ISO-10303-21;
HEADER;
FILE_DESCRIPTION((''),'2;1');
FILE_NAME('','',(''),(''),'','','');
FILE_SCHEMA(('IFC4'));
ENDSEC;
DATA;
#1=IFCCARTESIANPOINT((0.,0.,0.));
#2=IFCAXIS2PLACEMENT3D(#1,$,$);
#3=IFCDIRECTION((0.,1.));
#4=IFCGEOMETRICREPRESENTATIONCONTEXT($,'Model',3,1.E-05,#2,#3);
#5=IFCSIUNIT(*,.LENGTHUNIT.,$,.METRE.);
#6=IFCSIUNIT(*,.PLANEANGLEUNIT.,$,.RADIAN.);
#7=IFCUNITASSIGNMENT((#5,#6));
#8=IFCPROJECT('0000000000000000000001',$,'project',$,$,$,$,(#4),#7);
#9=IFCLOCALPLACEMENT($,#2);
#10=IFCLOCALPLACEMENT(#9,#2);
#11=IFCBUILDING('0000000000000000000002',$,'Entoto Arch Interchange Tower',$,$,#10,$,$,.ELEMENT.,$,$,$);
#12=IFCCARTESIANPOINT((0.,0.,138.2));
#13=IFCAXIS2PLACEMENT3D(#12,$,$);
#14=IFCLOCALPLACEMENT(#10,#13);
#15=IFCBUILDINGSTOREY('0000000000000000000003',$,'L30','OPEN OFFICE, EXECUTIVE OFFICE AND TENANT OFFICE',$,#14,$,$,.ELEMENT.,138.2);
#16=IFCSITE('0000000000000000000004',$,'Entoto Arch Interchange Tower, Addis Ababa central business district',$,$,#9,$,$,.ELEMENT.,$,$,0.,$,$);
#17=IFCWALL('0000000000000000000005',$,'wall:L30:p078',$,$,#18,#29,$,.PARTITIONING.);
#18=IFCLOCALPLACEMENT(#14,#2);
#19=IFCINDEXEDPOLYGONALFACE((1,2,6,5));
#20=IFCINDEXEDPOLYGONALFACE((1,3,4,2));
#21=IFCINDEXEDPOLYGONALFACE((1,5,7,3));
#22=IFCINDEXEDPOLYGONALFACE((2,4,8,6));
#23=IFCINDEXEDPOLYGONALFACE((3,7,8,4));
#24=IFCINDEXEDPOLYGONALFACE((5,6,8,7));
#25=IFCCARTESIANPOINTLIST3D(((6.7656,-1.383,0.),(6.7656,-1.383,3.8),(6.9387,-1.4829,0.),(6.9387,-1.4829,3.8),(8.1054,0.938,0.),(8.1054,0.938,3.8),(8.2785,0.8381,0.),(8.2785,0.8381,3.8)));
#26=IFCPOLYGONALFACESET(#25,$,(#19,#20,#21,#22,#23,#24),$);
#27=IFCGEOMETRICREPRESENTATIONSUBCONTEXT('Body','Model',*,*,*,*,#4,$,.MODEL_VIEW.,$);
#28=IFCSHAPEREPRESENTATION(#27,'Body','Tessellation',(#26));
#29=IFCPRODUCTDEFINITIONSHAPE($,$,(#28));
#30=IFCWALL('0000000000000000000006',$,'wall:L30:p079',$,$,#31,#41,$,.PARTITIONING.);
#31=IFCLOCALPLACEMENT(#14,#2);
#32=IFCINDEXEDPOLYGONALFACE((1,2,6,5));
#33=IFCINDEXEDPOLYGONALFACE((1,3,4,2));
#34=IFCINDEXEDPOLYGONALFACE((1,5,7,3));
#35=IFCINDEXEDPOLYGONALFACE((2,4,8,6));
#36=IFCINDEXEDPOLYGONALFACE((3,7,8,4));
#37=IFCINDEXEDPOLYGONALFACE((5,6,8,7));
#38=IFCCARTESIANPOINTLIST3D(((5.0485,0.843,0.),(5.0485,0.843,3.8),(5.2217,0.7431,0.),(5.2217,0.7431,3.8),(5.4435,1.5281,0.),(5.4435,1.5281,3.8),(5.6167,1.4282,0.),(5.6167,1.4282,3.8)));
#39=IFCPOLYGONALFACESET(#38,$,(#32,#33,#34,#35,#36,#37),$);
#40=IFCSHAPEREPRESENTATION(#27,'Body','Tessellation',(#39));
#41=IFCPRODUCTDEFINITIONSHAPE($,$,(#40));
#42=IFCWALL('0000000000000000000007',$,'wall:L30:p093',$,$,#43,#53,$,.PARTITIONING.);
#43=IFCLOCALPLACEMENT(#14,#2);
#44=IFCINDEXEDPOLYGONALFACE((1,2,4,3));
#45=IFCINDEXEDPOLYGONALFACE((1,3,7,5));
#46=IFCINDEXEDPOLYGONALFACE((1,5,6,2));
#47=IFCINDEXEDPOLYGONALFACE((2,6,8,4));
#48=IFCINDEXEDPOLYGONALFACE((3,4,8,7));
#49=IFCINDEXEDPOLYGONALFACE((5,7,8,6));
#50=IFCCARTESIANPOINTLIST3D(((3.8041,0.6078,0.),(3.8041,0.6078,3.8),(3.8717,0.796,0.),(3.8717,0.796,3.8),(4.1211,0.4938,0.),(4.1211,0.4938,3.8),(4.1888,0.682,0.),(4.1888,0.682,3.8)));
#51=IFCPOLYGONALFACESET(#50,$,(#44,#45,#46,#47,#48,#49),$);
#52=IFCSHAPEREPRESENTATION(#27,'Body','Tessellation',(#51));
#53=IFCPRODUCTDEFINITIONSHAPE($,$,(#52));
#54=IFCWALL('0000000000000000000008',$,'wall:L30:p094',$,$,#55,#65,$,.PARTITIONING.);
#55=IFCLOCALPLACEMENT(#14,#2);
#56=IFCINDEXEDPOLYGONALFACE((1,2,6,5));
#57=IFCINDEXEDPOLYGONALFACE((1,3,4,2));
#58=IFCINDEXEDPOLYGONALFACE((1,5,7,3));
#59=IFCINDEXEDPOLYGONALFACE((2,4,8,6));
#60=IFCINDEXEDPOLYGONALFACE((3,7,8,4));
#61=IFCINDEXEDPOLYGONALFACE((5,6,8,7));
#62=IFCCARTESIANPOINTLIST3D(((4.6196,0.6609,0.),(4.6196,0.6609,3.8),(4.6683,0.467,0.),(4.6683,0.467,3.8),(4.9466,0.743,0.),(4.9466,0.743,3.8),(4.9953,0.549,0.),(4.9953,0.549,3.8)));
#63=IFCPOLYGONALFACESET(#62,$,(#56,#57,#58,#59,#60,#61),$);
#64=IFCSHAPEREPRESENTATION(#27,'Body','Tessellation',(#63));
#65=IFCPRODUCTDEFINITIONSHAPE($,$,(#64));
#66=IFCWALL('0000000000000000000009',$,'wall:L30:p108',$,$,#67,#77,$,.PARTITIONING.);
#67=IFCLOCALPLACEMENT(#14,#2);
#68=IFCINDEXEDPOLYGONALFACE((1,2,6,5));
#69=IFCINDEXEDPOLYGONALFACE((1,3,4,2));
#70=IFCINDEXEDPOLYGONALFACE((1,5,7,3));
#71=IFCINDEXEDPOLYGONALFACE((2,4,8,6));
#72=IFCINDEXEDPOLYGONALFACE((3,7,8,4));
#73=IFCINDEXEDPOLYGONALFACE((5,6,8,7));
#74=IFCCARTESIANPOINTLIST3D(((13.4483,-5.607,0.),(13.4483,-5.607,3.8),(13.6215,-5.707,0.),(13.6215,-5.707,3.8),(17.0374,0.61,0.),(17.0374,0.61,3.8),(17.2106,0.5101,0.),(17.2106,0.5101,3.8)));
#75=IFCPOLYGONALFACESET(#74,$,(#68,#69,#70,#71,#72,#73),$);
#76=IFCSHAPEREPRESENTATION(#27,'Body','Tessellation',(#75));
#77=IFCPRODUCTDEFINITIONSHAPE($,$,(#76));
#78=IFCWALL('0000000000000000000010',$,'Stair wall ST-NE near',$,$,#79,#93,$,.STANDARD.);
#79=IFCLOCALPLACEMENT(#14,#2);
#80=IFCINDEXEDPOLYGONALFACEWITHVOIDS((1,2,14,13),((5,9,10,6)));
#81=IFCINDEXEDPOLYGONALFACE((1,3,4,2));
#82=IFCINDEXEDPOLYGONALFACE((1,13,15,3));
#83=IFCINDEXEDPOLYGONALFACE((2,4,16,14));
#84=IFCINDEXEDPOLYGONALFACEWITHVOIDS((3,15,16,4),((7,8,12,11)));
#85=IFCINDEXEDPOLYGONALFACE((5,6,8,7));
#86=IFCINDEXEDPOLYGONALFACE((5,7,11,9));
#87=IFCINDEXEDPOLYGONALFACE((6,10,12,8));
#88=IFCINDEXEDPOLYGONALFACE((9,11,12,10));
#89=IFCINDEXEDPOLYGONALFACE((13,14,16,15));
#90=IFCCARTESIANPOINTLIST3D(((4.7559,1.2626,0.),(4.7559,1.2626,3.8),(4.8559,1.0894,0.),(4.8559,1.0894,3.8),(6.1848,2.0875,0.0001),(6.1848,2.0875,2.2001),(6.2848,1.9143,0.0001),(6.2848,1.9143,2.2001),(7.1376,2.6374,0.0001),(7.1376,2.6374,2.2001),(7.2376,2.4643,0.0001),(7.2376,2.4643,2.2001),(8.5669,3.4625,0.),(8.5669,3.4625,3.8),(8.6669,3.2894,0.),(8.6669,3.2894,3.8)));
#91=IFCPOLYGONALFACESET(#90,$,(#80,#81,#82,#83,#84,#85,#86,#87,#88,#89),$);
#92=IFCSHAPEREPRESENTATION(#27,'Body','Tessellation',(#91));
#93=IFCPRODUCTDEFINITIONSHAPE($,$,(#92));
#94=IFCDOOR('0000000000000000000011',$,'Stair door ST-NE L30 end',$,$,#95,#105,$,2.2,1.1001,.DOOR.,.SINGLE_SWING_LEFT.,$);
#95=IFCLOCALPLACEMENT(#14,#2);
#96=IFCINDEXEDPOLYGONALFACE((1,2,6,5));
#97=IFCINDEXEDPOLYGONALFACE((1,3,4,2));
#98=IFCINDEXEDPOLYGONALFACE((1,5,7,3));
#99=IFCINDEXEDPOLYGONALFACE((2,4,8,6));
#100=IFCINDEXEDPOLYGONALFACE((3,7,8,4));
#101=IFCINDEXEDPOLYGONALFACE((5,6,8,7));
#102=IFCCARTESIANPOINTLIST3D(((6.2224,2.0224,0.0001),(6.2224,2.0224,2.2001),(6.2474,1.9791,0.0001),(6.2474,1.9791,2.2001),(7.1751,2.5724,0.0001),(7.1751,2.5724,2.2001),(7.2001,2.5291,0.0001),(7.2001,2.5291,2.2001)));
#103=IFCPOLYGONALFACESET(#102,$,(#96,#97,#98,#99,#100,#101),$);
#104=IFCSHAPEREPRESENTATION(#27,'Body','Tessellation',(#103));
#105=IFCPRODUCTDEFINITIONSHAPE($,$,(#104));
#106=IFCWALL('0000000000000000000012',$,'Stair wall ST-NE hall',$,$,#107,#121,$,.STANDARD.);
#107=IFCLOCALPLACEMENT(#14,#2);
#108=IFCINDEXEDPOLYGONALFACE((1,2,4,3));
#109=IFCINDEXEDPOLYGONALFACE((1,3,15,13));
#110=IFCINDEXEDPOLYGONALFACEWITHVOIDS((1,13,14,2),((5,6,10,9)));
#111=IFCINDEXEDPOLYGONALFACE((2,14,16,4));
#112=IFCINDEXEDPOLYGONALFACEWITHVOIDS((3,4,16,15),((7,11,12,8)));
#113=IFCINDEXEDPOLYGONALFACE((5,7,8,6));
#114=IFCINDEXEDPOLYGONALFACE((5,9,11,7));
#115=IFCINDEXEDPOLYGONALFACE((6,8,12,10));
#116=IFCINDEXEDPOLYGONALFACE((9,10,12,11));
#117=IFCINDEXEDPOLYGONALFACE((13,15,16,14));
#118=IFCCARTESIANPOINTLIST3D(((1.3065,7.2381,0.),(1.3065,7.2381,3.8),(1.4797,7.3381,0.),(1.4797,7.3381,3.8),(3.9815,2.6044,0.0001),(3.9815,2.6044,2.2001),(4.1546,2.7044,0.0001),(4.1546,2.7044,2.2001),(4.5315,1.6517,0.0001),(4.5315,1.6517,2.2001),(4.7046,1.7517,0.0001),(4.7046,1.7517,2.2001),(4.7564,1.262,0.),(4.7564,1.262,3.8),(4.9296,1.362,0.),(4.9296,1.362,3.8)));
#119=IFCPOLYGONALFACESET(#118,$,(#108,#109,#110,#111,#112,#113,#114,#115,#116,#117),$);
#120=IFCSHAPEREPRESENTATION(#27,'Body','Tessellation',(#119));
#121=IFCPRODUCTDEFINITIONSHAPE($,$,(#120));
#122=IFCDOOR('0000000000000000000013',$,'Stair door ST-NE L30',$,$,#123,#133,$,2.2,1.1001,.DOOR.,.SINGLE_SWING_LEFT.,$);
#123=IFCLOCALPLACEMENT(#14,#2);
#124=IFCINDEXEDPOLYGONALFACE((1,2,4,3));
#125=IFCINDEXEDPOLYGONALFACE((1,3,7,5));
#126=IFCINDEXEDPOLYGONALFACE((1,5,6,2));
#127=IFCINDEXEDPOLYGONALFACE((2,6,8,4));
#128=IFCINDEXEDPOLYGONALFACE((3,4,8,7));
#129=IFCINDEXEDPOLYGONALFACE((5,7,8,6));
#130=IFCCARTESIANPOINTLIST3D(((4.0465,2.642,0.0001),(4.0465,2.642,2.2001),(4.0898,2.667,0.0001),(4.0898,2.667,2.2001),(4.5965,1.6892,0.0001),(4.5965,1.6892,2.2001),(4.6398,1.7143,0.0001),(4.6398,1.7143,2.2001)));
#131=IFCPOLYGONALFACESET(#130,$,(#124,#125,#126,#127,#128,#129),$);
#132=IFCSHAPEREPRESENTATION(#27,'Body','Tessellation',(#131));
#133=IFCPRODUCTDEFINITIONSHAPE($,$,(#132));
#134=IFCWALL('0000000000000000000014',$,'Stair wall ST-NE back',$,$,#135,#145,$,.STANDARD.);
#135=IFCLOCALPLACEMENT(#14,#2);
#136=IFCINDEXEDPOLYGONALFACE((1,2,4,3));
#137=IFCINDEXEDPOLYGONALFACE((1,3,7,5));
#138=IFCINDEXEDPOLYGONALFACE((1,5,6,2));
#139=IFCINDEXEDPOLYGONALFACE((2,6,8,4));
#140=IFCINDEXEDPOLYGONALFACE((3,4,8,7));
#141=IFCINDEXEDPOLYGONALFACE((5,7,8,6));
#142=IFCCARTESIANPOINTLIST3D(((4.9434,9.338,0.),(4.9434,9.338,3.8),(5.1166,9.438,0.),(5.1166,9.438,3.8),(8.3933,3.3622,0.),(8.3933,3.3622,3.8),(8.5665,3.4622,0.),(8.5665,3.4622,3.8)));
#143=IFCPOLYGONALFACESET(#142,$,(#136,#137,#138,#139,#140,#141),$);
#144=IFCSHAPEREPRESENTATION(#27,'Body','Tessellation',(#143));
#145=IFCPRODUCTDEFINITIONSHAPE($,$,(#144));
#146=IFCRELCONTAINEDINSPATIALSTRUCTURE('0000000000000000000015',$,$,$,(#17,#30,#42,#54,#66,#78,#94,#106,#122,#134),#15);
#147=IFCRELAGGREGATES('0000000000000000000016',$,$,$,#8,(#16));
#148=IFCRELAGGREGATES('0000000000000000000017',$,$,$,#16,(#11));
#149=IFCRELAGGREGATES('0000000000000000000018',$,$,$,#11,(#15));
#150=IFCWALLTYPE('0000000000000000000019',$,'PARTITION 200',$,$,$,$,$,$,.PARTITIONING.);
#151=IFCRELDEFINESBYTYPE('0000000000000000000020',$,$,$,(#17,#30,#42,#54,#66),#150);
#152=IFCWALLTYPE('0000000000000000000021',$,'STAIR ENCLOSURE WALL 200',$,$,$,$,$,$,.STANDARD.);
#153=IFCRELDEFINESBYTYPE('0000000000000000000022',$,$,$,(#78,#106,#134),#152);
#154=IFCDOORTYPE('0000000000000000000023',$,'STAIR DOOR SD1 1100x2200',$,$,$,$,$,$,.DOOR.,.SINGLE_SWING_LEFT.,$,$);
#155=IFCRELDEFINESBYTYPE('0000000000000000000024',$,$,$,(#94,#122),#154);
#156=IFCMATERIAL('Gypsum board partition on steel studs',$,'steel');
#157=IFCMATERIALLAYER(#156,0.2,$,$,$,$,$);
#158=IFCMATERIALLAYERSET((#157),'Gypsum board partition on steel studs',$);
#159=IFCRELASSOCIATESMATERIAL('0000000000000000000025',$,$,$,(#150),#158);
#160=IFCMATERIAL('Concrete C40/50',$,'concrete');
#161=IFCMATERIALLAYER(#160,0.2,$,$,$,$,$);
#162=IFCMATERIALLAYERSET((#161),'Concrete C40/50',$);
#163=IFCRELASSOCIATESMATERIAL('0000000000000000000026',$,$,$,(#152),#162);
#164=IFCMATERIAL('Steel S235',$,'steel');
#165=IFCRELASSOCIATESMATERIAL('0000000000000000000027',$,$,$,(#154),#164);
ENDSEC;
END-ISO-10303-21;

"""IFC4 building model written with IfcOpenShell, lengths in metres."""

from ifc_helpers import new_model, si_unit, direction, frame, frame_2d, origin, place, context, subcontext, project, spatial, rectangle, extrude, material, layer, layer_set, type_object, element, fill, save


model = new_model("IFC4")

# Units and contexts
model_context = context("Model", 3, precision=1e-05, world=origin(), true_north=direction((0.0, 1.0)))
body_context = subcontext(model_context, "Body", "Model", "MODEL_VIEW")
ifc_project = project(units=[si_unit("LENGTHUNIT", "METRE"), si_unit("PLANEANGLEUNIT", "RADIAN")], contexts=[model_context])

# Site, building, storey
site_placement = place(None, origin())
site = spatial("IfcSite", under=ifc_project, at=site_placement, Name="Entoto Arch Interchange Tower, Addis Ababa central business district", CompositionType="ELEMENT", RefElevation=0.0)
building_placement = place(site_placement, origin())
building = spatial("IfcBuilding", under=site, at=building_placement, Name="Entoto Arch Interchange Tower", CompositionType="ELEMENT")
storey_placement = place(building_placement, frame((0.0, 0.0, 138.2)))
storey = spatial("IfcBuildingStorey", under=building, at=storey_placement, Name="L30", Description="OPEN OFFICE, EXECUTIVE OFFICE AND TENANT OFFICE", CompositionType="ELEMENT", Elevation=138.2)

# Shared definitions
ifc_material_1 = material(Name="Concrete C40/50", Category="concrete")
ifc_material_2 = material(Name="Gypsum board partition on steel studs", Category="steel")
ifc_layer_1 = layer(ifc_material_2, 0.2)
ifc_layer_set_1 = layer_set([ifc_layer_1], Name="Gypsum board partition on steel studs")
wall_type_1 = type_object("IfcWallType", Name="PARTITION 200", PredefinedType="PARTITIONING", material=ifc_layer_set_1)

# Walls
wall_1_placement = place(storey_placement, frame((8.1919, 0.8879, 0.0), z_axis=(0.0, 0.0, 1.0), x_axis=(-0.499941, -0.86606, 0.0)))
element("IfcWall", 1, at=wall_1_placement, inside=storey, type_object=wall_type_1, Name="wall:L30:p078", PredefinedType="PARTITIONING", context=body_context, shape_type="SweptSolid", body=[
    extrude(rectangle(XDim=2.6799, YDim=0.2, at=frame_2d((1.3398, 0.0))), origin(), (0.0, 0.0, 1.0), 3.8),
])
wall_2_placement = place(storey_placement, frame((5.135, 0.793, 0.0), z_axis=(0.0, 0.0, 1.0), x_axis=(0.499526, 0.866299, 0.0)))
element("IfcWall", 2, at=wall_2_placement, inside=storey, type_object=wall_type_1, Name="wall:L30:p079", PredefinedType="PARTITIONING", context=body_context, shape_type="SweptSolid", body=[
    extrude(rectangle(XDim=0.7908, YDim=0.2, at=frame_2d((0.3955, 0.0))), origin(), (0.0, 0.0, 1.0), 3.8),
])
wall_3_placement = place(storey_placement, frame((3.8379, 0.7019, 0.0), z_axis=(0.0, 0.0, 1.0), x_axis=(0.941035, -0.338309, 0.0)))
element("IfcWall", 3, at=wall_3_placement, inside=storey, type_object=wall_type_1, Name="wall:L30:p093", PredefinedType="PARTITIONING", context=body_context, shape_type="SweptSolid", body=[
    extrude(rectangle(XDim=0.3369, YDim=0.2, at=frame_2d((0.1685, 0.0))), origin(), (0.0, 0.0, 1.0), 3.8),
])
wall_4_placement = place(storey_placement, frame((4.644, 0.564, 0.0), z_axis=(0.0, 0.0, 1.0), x_axis=(0.969929, 0.243388, 0.0)))
element("IfcWall", 4, at=wall_4_placement, inside=storey, type_object=wall_type_1, Name="wall:L30:p094", PredefinedType="PARTITIONING", context=body_context, shape_type="SweptSolid", body=[
    extrude(rectangle(XDim=0.3372, YDim=0.2, at=frame_2d((0.1685, 0.0))), origin(), (0.0, 0.0, 1.0), 3.8),
])
wall_5_placement = place(storey_placement, frame((17.124, 0.5601, 0.0), z_axis=(0.0, 0.0, 1.0), x_axis=(-0.499969, -0.866043, 0.0)))
element("IfcWall", 5, at=wall_5_placement, inside=storey, type_object=wall_type_1, Name="wall:L30:p108", PredefinedType="PARTITIONING", context=body_context, shape_type="SweptSolid", body=[
    extrude(rectangle(XDim=7.1787, YDim=0.2, at=frame_2d((3.5894, 0.0))), origin(), (0.0, 0.0, 1.0), 3.8),
])

# Walls, openings, doors
ifc_layer_2 = layer(ifc_material_1, 0.2)
ifc_layer_set_2 = layer_set([ifc_layer_2], Name="Concrete C40/50")
wall_type_2 = type_object("IfcWallType", Name="STAIR ENCLOSURE WALL 200", PredefinedType="STANDARD", material=ifc_layer_set_2)
wall_6_placement = place(storey_placement, frame((4.8059, 1.176, 0.0), z_axis=(0.0, 0.0, 1.0), x_axis=(0.86606, 0.49994, 0.0)))
wall_6 = element("IfcWall", 6, at=wall_6_placement, inside=storey, type_object=wall_type_2, Name="Stair wall ST-NE near", PredefinedType="STANDARD", context=body_context, shape_type="SweptSolid", body=[
    extrude(rectangle(XDim=4.4004, YDim=0.2, at=frame_2d((2.2002, 0.0))), origin(), (0.0, 0.0, 1.0), 3.8),
])
opening_1_placement = place(wall_6_placement, frame((1.6499, 0.0, 0.0)))
opening_1 = element("IfcOpeningElement", 7, at=opening_1_placement, cuts=wall_6, PredefinedType="OPENING", context=body_context, shape_type="SweptSolid", body=[
    extrude(rectangle(XDim=1.1001, YDim=2.2, at=frame_2d((0.55, 1.1001))), frame((0.0, 0.1099, 0.0), z_axis=(0.0, -1.0, 0.0), x_axis=(1.0, 0.0, 0.0)), (0.0, 0.0, 1.0), 0.22),
])
ifc_material_3 = material(Name="Steel S235", Category="steel")
door_type_1 = type_object("IfcDoorType", Name="STAIR DOOR SD1 1100x2200", OperationType="SINGLE_SWING_LEFT", PredefinedType="DOOR", material=ifc_material_3)
door_1_placement = place(opening_1_placement, origin())
door_1 = element("IfcDoor", 8, at=door_1_placement, inside=storey, type_object=door_type_1, Name="Stair door ST-NE L30 end", OperationType="SINGLE_SWING_LEFT", OverallHeight=2.2, OverallWidth=1.1001, PredefinedType="DOOR", context=body_context, shape_type="SweptSolid", body=[
    extrude(rectangle(XDim=1.1001, YDim=2.2, at=frame_2d((0.55, 1.1001))), frame((0.0, 0.0249, 0.0), z_axis=(0.0, -1.0, 0.0), x_axis=(1.0, 0.0, 0.0)), (0.0, 0.0, 1.0), 0.05),
])
fill(opening_1, door_1)
wall_7_placement = place(storey_placement, frame((4.843, 1.312, 0.0), z_axis=(0.0, 0.0, 1.0), x_axis=(-0.499963, 0.866047, 0.0)))
wall_7 = element("IfcWall", 9, at=wall_7_placement, inside=storey, type_object=wall_type_2, Name="Stair wall ST-NE hall", PredefinedType="STANDARD", context=body_context, shape_type="SweptSolid", body=[
    extrude(rectangle(XDim=6.9004, YDim=0.2, at=frame_2d((3.4502, 0.0))), origin(), (0.0, 0.0, 1.0), 3.8),
])
opening_2_placement = place(wall_7_placement, frame((0.45, 0.0, 0.0)))
opening_2 = element("IfcOpeningElement", 10, at=opening_2_placement, cuts=wall_7, PredefinedType="OPENING", context=body_context, shape_type="SweptSolid", body=[
    extrude(rectangle(XDim=1.1001, YDim=2.2, at=frame_2d((0.55, 1.1001))), frame((0.0, 0.1099, 0.0), z_axis=(0.0, -1.0, 0.0), x_axis=(1.0, 0.0, 0.0)), (0.0, 0.0, 1.0), 0.22),
])
door_2_placement = place(opening_2_placement, origin())
door_2 = element("IfcDoor", 11, at=door_2_placement, inside=storey, type_object=door_type_1, Name="Stair door ST-NE L30", OperationType="SINGLE_SWING_LEFT", OverallHeight=2.2, OverallWidth=1.1001, PredefinedType="DOOR", context=body_context, shape_type="SweptSolid", body=[
    extrude(rectangle(XDim=1.1001, YDim=2.2, at=frame_2d((0.55, 1.1001))), frame((0.0, 0.0249, 0.0), z_axis=(0.0, -1.0, 0.0), x_axis=(1.0, 0.0, 0.0)), (0.0, 0.0, 1.0), 0.05),
])
fill(opening_2, door_2)

# Wall
wall_8_placement = place(storey_placement, frame((8.48, 3.4121, 0.0), z_axis=(0.0, 0.0, 1.0), x_axis=(-0.499979, 0.866038, 0.0)))
element("IfcWall", 12, at=wall_8_placement, inside=storey, type_object=wall_type_2, Name="Stair wall ST-NE back", PredefinedType="STANDARD", context=body_context, shape_type="SweptSolid", body=[
    extrude(rectangle(XDim=6.9001, YDim=0.2, at=frame_2d((3.4502, 0.0))), origin(), (0.0, 0.0, 1.0), 3.8),
])

save(model, "model.ifc")
